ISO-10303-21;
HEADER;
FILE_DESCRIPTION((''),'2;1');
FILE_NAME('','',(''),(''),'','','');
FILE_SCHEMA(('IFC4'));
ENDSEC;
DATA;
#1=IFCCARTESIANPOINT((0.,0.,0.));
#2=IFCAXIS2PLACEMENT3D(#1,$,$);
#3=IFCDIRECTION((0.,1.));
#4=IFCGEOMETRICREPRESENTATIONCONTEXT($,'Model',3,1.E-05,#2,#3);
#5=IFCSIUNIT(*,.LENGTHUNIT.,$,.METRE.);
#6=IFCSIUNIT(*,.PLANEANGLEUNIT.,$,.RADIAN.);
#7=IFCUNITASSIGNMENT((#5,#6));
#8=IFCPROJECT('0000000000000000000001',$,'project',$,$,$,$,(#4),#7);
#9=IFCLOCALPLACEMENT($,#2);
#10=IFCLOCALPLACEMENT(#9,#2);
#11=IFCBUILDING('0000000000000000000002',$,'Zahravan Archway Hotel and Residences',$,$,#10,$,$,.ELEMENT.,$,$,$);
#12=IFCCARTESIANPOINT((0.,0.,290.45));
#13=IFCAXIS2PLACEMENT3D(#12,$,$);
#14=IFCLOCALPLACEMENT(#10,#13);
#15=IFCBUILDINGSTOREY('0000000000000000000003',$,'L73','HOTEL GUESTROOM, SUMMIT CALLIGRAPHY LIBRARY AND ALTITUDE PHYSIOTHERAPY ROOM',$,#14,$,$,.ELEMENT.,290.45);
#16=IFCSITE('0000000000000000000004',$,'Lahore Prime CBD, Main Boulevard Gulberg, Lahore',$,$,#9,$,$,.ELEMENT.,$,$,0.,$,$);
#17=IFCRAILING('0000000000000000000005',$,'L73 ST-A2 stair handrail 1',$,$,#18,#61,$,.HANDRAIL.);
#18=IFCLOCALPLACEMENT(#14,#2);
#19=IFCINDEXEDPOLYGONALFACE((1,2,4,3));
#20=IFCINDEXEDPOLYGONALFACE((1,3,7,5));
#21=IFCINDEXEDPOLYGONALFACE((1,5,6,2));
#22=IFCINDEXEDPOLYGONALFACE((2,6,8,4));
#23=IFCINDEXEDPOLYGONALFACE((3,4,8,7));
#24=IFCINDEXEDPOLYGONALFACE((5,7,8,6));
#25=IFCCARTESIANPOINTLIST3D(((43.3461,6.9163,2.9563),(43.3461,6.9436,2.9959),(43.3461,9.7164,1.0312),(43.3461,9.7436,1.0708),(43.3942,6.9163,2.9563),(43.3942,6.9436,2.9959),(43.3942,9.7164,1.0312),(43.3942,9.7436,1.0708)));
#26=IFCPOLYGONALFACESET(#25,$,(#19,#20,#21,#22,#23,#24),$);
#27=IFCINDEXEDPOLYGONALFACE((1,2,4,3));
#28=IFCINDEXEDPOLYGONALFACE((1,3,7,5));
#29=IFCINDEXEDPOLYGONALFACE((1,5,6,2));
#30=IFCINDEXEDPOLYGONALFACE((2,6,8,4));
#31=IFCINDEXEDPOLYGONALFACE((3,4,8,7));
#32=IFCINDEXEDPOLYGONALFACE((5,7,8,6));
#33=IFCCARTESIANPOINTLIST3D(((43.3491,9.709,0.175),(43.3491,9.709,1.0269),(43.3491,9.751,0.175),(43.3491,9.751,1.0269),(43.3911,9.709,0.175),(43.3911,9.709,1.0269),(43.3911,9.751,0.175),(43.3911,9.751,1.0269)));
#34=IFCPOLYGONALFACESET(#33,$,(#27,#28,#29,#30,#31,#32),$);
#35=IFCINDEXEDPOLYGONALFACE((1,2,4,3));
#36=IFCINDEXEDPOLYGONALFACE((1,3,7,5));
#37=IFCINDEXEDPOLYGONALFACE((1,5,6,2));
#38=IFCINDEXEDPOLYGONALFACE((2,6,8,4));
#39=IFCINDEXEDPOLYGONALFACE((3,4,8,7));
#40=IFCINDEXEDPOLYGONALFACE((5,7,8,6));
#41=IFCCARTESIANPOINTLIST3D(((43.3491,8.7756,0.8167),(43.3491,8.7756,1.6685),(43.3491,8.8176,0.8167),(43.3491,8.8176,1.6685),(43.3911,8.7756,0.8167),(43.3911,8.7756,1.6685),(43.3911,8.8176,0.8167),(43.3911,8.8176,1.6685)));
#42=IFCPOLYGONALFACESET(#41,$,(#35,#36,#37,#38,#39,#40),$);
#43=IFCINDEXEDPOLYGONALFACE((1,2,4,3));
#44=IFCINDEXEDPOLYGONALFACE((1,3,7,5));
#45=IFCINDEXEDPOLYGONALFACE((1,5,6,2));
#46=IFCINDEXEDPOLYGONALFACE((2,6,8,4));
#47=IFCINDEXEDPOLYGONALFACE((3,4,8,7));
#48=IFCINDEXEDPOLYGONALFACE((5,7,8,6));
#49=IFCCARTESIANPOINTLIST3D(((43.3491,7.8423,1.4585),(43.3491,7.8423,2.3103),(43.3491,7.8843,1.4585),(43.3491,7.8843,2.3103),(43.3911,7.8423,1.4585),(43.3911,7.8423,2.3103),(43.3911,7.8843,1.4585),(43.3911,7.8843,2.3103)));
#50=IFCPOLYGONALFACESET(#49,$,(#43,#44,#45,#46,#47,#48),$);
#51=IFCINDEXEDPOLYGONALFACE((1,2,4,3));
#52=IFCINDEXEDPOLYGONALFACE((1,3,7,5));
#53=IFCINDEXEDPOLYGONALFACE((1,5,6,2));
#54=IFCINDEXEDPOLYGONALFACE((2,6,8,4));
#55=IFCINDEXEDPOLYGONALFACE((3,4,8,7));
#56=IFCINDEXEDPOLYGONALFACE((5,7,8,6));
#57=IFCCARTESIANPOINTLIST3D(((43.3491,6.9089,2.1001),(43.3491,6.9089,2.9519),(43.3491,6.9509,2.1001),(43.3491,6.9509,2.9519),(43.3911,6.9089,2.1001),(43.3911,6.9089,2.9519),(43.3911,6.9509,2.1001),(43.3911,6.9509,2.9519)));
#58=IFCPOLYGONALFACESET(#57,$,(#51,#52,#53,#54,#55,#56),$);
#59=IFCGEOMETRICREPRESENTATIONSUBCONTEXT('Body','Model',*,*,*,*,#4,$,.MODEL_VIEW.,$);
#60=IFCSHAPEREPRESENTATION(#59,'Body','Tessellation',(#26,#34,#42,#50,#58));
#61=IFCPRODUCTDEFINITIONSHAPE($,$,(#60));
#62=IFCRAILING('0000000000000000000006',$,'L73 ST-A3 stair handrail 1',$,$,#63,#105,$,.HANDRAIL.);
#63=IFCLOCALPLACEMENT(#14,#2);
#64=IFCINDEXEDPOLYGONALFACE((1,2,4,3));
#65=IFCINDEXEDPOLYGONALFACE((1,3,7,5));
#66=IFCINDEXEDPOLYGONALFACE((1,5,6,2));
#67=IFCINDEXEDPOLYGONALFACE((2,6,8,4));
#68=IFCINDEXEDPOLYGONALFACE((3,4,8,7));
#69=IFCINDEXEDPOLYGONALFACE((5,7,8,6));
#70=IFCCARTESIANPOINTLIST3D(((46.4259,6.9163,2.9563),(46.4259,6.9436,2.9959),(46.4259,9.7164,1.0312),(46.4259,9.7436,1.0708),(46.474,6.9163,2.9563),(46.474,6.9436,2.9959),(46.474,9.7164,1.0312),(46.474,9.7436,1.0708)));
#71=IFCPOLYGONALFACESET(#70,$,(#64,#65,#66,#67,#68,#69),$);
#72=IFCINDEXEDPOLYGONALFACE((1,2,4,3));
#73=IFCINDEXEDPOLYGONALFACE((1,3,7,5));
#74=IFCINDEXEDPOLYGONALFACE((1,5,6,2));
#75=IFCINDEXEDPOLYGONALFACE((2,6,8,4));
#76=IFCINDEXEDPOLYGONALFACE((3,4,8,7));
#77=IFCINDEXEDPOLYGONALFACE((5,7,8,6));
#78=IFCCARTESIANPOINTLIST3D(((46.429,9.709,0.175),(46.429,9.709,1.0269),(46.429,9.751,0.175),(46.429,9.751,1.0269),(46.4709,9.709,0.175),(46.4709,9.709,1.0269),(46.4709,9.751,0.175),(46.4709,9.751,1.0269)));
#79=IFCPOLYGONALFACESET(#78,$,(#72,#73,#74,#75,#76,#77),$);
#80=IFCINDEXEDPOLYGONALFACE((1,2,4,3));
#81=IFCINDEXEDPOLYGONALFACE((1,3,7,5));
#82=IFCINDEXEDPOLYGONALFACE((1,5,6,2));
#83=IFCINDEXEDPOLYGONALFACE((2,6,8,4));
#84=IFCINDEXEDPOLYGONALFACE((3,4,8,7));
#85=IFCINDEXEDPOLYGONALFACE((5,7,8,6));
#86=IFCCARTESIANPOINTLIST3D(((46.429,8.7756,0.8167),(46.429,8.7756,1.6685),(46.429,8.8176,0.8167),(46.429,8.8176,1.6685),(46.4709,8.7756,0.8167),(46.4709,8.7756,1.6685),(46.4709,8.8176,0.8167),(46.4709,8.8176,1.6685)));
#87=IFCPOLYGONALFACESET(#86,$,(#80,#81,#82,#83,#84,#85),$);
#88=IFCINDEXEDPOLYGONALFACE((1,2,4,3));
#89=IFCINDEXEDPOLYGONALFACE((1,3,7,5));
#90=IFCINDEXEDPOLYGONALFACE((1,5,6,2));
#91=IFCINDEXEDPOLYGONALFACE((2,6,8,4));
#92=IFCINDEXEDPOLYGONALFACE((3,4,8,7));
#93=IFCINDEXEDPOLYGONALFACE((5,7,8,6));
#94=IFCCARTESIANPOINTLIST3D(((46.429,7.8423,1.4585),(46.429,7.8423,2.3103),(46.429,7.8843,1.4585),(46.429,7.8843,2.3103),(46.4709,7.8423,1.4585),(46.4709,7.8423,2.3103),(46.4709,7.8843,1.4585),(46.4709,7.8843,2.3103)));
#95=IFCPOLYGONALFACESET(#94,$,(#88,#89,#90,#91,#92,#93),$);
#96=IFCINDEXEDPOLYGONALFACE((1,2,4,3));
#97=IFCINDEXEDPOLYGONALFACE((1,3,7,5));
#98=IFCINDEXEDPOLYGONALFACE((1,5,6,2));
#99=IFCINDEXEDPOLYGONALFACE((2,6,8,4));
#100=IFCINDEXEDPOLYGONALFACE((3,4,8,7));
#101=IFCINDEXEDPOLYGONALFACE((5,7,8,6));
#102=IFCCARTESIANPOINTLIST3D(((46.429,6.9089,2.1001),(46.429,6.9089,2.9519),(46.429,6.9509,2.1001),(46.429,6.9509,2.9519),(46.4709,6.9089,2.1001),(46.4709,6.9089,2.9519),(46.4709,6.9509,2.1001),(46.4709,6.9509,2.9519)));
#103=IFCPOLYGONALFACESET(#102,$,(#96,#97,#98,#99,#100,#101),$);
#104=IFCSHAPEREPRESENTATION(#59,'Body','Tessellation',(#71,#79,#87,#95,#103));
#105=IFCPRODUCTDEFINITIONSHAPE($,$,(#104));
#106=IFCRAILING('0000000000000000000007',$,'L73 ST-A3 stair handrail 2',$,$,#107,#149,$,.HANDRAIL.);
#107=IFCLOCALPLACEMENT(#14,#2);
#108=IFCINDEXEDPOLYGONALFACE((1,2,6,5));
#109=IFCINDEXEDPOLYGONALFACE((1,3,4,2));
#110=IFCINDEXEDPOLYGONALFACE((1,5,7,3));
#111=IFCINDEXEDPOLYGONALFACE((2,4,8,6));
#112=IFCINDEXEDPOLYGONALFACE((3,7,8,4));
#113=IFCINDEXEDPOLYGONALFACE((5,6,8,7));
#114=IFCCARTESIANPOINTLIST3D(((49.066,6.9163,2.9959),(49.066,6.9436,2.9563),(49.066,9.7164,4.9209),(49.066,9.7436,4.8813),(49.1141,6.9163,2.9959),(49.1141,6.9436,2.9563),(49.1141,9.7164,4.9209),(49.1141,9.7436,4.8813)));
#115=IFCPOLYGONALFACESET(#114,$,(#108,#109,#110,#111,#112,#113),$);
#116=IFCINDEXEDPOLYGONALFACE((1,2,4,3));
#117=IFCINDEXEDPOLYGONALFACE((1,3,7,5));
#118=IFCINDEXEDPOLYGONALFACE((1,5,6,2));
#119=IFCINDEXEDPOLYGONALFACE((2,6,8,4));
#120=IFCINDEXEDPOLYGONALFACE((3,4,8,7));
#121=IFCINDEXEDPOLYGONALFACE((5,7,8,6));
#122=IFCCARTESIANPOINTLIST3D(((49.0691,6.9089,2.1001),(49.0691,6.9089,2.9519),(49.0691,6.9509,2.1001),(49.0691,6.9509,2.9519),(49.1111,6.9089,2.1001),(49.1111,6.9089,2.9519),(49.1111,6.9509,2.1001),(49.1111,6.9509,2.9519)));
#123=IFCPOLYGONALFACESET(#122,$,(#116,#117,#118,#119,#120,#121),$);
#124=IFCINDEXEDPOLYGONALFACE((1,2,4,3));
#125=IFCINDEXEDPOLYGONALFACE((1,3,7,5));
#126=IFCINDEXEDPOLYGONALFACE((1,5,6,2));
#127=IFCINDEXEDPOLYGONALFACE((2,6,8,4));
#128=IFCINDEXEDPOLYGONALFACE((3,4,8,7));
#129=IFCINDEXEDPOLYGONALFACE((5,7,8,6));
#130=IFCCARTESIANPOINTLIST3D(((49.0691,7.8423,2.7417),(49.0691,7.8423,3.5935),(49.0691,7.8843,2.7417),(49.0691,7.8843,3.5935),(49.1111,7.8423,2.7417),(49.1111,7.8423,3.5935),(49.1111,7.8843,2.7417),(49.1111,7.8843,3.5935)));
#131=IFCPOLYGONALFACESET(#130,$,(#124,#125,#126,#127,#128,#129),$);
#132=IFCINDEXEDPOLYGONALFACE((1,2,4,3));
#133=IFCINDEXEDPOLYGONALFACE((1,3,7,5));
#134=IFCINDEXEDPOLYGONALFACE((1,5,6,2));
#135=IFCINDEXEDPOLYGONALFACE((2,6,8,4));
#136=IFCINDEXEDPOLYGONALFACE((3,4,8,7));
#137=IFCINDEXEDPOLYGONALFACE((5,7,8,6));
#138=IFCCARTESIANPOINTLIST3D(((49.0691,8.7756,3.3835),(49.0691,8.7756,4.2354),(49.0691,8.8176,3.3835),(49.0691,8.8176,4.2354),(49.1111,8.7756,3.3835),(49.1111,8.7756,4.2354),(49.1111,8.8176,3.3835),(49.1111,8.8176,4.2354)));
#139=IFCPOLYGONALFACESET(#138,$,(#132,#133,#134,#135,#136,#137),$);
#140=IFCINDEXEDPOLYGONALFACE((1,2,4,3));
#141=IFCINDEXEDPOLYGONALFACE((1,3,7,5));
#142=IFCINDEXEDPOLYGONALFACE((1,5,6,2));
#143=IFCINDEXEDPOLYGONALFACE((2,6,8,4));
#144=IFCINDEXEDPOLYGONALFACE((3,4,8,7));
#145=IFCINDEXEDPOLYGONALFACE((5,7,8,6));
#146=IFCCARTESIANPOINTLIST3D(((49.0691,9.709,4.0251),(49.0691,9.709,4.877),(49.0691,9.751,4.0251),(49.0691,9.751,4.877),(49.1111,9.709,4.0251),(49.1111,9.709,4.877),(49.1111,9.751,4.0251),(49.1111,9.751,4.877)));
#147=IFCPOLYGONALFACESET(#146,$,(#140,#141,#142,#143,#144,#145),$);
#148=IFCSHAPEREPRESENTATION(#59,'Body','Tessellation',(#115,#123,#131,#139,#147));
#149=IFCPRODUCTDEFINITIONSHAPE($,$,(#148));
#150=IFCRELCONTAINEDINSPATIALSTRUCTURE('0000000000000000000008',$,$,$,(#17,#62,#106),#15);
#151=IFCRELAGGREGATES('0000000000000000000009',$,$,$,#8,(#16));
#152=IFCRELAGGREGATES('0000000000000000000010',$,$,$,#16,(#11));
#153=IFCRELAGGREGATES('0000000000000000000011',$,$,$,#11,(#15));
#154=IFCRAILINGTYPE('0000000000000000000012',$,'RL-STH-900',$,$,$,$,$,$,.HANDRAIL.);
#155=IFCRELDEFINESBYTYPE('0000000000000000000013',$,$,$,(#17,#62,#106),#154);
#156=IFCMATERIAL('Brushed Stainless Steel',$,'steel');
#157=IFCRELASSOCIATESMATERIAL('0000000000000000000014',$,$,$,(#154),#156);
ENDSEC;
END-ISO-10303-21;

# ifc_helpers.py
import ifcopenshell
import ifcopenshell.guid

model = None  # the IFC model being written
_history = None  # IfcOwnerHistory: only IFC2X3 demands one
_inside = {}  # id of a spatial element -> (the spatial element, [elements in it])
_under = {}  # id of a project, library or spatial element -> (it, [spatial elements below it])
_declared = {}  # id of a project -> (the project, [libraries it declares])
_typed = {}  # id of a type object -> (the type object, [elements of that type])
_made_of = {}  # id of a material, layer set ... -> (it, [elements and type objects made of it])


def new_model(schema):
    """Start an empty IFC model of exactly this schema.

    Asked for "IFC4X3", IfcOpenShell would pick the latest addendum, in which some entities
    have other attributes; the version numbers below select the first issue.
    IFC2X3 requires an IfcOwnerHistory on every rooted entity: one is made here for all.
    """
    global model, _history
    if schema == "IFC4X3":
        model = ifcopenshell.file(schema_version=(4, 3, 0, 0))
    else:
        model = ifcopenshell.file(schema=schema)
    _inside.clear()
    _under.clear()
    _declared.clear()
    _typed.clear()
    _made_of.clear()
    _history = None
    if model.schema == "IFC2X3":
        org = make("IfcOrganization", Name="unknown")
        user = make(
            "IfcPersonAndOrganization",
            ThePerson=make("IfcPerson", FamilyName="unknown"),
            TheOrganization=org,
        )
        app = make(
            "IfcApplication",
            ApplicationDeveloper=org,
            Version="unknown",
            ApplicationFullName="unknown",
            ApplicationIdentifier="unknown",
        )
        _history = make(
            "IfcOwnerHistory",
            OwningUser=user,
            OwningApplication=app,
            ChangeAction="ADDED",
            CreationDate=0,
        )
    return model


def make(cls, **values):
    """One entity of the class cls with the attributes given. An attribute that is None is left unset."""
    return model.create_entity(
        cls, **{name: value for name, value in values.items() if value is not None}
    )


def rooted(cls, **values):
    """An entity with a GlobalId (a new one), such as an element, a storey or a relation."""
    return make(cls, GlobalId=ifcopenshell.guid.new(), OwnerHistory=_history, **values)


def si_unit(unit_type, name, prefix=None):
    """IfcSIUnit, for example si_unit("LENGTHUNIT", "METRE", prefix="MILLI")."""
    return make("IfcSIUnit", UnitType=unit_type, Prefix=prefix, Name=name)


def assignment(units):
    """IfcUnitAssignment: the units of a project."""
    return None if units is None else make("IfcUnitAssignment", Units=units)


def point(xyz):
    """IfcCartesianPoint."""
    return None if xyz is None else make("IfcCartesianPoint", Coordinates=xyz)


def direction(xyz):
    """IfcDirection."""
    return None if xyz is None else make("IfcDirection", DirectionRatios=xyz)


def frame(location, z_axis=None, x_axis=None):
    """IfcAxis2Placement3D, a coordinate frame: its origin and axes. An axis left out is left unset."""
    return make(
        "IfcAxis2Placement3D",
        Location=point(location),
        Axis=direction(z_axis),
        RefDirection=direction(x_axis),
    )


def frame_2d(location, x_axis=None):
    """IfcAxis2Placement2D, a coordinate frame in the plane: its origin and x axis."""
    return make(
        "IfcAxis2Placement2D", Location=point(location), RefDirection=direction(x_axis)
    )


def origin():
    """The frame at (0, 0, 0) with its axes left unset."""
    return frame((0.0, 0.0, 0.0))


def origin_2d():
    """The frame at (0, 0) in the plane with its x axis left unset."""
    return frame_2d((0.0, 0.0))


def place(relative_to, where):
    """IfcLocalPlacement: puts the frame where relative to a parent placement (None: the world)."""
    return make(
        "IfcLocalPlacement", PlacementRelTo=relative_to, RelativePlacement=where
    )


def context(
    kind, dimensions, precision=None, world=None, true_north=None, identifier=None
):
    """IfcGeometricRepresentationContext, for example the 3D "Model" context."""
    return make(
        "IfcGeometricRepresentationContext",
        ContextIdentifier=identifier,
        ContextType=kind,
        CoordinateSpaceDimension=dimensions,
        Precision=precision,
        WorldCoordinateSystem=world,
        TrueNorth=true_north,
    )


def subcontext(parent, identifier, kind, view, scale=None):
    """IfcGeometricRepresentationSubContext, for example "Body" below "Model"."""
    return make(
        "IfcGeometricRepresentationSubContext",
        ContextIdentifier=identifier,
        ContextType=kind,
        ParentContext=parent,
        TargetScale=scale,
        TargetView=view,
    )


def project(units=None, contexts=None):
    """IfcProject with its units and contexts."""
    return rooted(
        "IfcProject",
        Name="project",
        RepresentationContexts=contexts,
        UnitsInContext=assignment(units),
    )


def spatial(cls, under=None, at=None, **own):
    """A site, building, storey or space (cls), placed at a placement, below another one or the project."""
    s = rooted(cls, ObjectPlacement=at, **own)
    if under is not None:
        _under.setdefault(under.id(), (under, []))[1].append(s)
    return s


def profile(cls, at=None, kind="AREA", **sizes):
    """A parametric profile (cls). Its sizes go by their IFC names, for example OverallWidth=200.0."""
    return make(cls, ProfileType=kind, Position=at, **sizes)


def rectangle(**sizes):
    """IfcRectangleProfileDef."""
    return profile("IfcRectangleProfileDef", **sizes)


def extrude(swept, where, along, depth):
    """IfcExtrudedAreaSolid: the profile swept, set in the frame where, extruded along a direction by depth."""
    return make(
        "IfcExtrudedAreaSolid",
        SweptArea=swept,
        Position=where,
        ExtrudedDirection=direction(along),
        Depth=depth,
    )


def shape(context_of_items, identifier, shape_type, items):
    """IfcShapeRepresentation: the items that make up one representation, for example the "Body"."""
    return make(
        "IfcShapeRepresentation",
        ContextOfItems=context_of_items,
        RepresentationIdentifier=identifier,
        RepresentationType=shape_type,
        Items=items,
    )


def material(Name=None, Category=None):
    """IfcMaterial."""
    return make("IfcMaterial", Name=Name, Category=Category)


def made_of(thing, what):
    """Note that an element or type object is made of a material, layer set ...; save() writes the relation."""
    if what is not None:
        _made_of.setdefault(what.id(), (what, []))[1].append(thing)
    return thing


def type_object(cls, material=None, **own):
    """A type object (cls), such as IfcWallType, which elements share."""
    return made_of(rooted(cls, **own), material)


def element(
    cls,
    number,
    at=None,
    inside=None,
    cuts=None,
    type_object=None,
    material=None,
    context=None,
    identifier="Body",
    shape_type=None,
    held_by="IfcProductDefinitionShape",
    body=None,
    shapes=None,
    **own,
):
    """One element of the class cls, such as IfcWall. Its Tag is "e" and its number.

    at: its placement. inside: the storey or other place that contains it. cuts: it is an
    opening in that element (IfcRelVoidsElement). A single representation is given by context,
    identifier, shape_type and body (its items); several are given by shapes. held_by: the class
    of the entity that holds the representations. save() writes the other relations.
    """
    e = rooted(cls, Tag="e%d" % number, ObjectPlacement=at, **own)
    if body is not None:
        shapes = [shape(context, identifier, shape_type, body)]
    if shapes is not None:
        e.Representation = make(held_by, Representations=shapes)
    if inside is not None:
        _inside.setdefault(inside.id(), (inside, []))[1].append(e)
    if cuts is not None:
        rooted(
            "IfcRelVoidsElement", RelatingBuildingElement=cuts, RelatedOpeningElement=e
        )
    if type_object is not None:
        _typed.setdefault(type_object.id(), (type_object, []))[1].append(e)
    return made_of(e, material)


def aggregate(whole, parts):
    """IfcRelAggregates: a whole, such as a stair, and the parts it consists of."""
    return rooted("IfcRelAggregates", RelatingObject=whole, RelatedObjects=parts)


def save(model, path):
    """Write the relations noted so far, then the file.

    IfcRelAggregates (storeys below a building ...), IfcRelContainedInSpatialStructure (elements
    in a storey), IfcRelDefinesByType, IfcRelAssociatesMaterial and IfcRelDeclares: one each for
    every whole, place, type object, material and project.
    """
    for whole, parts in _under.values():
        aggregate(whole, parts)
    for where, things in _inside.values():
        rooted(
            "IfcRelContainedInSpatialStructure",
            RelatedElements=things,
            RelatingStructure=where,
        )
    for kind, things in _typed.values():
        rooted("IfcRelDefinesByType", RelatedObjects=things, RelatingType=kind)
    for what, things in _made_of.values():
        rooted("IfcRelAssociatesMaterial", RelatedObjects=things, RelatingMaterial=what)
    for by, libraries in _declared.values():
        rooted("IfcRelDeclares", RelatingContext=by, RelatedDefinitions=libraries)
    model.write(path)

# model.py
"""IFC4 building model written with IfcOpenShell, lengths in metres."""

from ifc_helpers import new_model, si_unit, direction, frame, origin, origin_2d, place, context, subcontext, project, spatial, rectangle, extrude, material, type_object, element, save


model = new_model("IFC4")

# Units and contexts
model_context = context("Model", 3, precision=1e-05, world=origin(), true_north=direction((0.0, 1.0)))
body_context = subcontext(model_context, "Body", "Model", "MODEL_VIEW")
ifc_project = project(units=[si_unit("LENGTHUNIT", "METRE"), si_unit("PLANEANGLEUNIT", "RADIAN")], contexts=[model_context])

# Site, building, storey
site_placement = place(None, origin())
site = spatial("IfcSite", under=ifc_project, at=site_placement, Name="Lahore Prime CBD, Main Boulevard Gulberg, Lahore", CompositionType="ELEMENT", RefElevation=0.0)
building_placement = place(site_placement, origin())
building = spatial("IfcBuilding", under=site, at=building_placement, Name="Zahravan Archway Hotel and Residences", CompositionType="ELEMENT")
storey_placement = place(building_placement, frame((0.0, 0.0, 290.45)))
storey = spatial("IfcBuildingStorey", under=building, at=storey_placement, Name="L73", Description="HOTEL GUESTROOM, SUMMIT CALLIGRAPHY LIBRARY AND ALTITUDE PHYSIOTHERAPY ROOM", CompositionType="ELEMENT", Elevation=290.45)

# Railings
ifc_material_1 = material(Name="Brushed Stainless Steel", Category="steel")
railing_type_1 = type_object("IfcRailingType", Name="RL-STH-900", PredefinedType="HANDRAIL", material=ifc_material_1)
for number, where, name in (
    (1, (43.3701, 9.73, 0.175), "L73 ST-A2 stair handrail 1"),
    (2, (46.45, 9.73, 0.175), "L73 ST-A3 stair handrail 1"),
):
    element("IfcRailing", number, at=place(storey_placement, frame(where)), inside=storey, type_object=railing_type_1, Name=name, PredefinedType="HANDRAIL", context=body_context, shape_type="SweptSolid", body=[
        extrude(rectangle(XDim=0.0481, YDim=0.0481, at=origin_2d()), frame((0.0, 0.0, 0.876), z_axis=(0.0, -0.82404, 0.566532), x_axis=(1.0, 0.0, 0.0)), (0.0, 0.0, 1.0), 3.3979),
        extrude(rectangle(XDim=0.042, YDim=0.042, at=origin_2d()), origin(), (0.0, 0.0, 1.0), 0.8518),
        extrude(rectangle(XDim=0.042, YDim=0.042, at=origin_2d()), frame((0.0, -0.9333, 0.6416)), (0.0, 0.0, 1.0), 0.8518),
        extrude(rectangle(XDim=0.042, YDim=0.042, at=origin_2d()), frame((0.0, -1.8667, 1.2834)), (0.0, 0.0, 1.0), 0.8518),
        extrude(rectangle(XDim=0.042, YDim=0.042, at=origin_2d()), frame((0.0, -2.8, 1.925)), (0.0, 0.0, 1.0), 0.8518),
    ])
railing_1_placement = place(storey_placement, frame((49.0901, 6.9299, 2.1001)))
element("IfcRailing", 3, at=railing_1_placement, inside=storey, type_object=railing_type_1, Name="L73 ST-A3 stair handrail 2", PredefinedType="HANDRAIL", context=body_context, shape_type="SweptSolid", body=[
    extrude(rectangle(XDim=0.0481, YDim=0.0481, at=origin_2d()), frame((0.0, 0.0, 0.876), z_axis=(0.0, 0.82404, 0.566532), x_axis=(-1.0, 0.0, 0.0)), (0.0, 0.0, 1.0), 3.3979),
    extrude(rectangle(XDim=0.042, YDim=0.042, at=origin_2d()), origin(), (0.0, 0.0, 1.0), 0.8518),
    extrude(rectangle(XDim=0.042, YDim=0.042, at=origin_2d()), frame((0.0, 0.9333, 0.6416)), (0.0, 0.0, 1.0), 0.8518),
    extrude(rectangle(XDim=0.042, YDim=0.042, at=origin_2d()), frame((0.0, 1.8667, 1.2834)), (0.0, 0.0, 1.0), 0.8518),
    extrude(rectangle(XDim=0.042, YDim=0.042, at=origin_2d()), frame((0.0, 2.8, 1.925)), (0.0, 0.0, 1.0), 0.8518),
])

save(model, "model.ifc")
